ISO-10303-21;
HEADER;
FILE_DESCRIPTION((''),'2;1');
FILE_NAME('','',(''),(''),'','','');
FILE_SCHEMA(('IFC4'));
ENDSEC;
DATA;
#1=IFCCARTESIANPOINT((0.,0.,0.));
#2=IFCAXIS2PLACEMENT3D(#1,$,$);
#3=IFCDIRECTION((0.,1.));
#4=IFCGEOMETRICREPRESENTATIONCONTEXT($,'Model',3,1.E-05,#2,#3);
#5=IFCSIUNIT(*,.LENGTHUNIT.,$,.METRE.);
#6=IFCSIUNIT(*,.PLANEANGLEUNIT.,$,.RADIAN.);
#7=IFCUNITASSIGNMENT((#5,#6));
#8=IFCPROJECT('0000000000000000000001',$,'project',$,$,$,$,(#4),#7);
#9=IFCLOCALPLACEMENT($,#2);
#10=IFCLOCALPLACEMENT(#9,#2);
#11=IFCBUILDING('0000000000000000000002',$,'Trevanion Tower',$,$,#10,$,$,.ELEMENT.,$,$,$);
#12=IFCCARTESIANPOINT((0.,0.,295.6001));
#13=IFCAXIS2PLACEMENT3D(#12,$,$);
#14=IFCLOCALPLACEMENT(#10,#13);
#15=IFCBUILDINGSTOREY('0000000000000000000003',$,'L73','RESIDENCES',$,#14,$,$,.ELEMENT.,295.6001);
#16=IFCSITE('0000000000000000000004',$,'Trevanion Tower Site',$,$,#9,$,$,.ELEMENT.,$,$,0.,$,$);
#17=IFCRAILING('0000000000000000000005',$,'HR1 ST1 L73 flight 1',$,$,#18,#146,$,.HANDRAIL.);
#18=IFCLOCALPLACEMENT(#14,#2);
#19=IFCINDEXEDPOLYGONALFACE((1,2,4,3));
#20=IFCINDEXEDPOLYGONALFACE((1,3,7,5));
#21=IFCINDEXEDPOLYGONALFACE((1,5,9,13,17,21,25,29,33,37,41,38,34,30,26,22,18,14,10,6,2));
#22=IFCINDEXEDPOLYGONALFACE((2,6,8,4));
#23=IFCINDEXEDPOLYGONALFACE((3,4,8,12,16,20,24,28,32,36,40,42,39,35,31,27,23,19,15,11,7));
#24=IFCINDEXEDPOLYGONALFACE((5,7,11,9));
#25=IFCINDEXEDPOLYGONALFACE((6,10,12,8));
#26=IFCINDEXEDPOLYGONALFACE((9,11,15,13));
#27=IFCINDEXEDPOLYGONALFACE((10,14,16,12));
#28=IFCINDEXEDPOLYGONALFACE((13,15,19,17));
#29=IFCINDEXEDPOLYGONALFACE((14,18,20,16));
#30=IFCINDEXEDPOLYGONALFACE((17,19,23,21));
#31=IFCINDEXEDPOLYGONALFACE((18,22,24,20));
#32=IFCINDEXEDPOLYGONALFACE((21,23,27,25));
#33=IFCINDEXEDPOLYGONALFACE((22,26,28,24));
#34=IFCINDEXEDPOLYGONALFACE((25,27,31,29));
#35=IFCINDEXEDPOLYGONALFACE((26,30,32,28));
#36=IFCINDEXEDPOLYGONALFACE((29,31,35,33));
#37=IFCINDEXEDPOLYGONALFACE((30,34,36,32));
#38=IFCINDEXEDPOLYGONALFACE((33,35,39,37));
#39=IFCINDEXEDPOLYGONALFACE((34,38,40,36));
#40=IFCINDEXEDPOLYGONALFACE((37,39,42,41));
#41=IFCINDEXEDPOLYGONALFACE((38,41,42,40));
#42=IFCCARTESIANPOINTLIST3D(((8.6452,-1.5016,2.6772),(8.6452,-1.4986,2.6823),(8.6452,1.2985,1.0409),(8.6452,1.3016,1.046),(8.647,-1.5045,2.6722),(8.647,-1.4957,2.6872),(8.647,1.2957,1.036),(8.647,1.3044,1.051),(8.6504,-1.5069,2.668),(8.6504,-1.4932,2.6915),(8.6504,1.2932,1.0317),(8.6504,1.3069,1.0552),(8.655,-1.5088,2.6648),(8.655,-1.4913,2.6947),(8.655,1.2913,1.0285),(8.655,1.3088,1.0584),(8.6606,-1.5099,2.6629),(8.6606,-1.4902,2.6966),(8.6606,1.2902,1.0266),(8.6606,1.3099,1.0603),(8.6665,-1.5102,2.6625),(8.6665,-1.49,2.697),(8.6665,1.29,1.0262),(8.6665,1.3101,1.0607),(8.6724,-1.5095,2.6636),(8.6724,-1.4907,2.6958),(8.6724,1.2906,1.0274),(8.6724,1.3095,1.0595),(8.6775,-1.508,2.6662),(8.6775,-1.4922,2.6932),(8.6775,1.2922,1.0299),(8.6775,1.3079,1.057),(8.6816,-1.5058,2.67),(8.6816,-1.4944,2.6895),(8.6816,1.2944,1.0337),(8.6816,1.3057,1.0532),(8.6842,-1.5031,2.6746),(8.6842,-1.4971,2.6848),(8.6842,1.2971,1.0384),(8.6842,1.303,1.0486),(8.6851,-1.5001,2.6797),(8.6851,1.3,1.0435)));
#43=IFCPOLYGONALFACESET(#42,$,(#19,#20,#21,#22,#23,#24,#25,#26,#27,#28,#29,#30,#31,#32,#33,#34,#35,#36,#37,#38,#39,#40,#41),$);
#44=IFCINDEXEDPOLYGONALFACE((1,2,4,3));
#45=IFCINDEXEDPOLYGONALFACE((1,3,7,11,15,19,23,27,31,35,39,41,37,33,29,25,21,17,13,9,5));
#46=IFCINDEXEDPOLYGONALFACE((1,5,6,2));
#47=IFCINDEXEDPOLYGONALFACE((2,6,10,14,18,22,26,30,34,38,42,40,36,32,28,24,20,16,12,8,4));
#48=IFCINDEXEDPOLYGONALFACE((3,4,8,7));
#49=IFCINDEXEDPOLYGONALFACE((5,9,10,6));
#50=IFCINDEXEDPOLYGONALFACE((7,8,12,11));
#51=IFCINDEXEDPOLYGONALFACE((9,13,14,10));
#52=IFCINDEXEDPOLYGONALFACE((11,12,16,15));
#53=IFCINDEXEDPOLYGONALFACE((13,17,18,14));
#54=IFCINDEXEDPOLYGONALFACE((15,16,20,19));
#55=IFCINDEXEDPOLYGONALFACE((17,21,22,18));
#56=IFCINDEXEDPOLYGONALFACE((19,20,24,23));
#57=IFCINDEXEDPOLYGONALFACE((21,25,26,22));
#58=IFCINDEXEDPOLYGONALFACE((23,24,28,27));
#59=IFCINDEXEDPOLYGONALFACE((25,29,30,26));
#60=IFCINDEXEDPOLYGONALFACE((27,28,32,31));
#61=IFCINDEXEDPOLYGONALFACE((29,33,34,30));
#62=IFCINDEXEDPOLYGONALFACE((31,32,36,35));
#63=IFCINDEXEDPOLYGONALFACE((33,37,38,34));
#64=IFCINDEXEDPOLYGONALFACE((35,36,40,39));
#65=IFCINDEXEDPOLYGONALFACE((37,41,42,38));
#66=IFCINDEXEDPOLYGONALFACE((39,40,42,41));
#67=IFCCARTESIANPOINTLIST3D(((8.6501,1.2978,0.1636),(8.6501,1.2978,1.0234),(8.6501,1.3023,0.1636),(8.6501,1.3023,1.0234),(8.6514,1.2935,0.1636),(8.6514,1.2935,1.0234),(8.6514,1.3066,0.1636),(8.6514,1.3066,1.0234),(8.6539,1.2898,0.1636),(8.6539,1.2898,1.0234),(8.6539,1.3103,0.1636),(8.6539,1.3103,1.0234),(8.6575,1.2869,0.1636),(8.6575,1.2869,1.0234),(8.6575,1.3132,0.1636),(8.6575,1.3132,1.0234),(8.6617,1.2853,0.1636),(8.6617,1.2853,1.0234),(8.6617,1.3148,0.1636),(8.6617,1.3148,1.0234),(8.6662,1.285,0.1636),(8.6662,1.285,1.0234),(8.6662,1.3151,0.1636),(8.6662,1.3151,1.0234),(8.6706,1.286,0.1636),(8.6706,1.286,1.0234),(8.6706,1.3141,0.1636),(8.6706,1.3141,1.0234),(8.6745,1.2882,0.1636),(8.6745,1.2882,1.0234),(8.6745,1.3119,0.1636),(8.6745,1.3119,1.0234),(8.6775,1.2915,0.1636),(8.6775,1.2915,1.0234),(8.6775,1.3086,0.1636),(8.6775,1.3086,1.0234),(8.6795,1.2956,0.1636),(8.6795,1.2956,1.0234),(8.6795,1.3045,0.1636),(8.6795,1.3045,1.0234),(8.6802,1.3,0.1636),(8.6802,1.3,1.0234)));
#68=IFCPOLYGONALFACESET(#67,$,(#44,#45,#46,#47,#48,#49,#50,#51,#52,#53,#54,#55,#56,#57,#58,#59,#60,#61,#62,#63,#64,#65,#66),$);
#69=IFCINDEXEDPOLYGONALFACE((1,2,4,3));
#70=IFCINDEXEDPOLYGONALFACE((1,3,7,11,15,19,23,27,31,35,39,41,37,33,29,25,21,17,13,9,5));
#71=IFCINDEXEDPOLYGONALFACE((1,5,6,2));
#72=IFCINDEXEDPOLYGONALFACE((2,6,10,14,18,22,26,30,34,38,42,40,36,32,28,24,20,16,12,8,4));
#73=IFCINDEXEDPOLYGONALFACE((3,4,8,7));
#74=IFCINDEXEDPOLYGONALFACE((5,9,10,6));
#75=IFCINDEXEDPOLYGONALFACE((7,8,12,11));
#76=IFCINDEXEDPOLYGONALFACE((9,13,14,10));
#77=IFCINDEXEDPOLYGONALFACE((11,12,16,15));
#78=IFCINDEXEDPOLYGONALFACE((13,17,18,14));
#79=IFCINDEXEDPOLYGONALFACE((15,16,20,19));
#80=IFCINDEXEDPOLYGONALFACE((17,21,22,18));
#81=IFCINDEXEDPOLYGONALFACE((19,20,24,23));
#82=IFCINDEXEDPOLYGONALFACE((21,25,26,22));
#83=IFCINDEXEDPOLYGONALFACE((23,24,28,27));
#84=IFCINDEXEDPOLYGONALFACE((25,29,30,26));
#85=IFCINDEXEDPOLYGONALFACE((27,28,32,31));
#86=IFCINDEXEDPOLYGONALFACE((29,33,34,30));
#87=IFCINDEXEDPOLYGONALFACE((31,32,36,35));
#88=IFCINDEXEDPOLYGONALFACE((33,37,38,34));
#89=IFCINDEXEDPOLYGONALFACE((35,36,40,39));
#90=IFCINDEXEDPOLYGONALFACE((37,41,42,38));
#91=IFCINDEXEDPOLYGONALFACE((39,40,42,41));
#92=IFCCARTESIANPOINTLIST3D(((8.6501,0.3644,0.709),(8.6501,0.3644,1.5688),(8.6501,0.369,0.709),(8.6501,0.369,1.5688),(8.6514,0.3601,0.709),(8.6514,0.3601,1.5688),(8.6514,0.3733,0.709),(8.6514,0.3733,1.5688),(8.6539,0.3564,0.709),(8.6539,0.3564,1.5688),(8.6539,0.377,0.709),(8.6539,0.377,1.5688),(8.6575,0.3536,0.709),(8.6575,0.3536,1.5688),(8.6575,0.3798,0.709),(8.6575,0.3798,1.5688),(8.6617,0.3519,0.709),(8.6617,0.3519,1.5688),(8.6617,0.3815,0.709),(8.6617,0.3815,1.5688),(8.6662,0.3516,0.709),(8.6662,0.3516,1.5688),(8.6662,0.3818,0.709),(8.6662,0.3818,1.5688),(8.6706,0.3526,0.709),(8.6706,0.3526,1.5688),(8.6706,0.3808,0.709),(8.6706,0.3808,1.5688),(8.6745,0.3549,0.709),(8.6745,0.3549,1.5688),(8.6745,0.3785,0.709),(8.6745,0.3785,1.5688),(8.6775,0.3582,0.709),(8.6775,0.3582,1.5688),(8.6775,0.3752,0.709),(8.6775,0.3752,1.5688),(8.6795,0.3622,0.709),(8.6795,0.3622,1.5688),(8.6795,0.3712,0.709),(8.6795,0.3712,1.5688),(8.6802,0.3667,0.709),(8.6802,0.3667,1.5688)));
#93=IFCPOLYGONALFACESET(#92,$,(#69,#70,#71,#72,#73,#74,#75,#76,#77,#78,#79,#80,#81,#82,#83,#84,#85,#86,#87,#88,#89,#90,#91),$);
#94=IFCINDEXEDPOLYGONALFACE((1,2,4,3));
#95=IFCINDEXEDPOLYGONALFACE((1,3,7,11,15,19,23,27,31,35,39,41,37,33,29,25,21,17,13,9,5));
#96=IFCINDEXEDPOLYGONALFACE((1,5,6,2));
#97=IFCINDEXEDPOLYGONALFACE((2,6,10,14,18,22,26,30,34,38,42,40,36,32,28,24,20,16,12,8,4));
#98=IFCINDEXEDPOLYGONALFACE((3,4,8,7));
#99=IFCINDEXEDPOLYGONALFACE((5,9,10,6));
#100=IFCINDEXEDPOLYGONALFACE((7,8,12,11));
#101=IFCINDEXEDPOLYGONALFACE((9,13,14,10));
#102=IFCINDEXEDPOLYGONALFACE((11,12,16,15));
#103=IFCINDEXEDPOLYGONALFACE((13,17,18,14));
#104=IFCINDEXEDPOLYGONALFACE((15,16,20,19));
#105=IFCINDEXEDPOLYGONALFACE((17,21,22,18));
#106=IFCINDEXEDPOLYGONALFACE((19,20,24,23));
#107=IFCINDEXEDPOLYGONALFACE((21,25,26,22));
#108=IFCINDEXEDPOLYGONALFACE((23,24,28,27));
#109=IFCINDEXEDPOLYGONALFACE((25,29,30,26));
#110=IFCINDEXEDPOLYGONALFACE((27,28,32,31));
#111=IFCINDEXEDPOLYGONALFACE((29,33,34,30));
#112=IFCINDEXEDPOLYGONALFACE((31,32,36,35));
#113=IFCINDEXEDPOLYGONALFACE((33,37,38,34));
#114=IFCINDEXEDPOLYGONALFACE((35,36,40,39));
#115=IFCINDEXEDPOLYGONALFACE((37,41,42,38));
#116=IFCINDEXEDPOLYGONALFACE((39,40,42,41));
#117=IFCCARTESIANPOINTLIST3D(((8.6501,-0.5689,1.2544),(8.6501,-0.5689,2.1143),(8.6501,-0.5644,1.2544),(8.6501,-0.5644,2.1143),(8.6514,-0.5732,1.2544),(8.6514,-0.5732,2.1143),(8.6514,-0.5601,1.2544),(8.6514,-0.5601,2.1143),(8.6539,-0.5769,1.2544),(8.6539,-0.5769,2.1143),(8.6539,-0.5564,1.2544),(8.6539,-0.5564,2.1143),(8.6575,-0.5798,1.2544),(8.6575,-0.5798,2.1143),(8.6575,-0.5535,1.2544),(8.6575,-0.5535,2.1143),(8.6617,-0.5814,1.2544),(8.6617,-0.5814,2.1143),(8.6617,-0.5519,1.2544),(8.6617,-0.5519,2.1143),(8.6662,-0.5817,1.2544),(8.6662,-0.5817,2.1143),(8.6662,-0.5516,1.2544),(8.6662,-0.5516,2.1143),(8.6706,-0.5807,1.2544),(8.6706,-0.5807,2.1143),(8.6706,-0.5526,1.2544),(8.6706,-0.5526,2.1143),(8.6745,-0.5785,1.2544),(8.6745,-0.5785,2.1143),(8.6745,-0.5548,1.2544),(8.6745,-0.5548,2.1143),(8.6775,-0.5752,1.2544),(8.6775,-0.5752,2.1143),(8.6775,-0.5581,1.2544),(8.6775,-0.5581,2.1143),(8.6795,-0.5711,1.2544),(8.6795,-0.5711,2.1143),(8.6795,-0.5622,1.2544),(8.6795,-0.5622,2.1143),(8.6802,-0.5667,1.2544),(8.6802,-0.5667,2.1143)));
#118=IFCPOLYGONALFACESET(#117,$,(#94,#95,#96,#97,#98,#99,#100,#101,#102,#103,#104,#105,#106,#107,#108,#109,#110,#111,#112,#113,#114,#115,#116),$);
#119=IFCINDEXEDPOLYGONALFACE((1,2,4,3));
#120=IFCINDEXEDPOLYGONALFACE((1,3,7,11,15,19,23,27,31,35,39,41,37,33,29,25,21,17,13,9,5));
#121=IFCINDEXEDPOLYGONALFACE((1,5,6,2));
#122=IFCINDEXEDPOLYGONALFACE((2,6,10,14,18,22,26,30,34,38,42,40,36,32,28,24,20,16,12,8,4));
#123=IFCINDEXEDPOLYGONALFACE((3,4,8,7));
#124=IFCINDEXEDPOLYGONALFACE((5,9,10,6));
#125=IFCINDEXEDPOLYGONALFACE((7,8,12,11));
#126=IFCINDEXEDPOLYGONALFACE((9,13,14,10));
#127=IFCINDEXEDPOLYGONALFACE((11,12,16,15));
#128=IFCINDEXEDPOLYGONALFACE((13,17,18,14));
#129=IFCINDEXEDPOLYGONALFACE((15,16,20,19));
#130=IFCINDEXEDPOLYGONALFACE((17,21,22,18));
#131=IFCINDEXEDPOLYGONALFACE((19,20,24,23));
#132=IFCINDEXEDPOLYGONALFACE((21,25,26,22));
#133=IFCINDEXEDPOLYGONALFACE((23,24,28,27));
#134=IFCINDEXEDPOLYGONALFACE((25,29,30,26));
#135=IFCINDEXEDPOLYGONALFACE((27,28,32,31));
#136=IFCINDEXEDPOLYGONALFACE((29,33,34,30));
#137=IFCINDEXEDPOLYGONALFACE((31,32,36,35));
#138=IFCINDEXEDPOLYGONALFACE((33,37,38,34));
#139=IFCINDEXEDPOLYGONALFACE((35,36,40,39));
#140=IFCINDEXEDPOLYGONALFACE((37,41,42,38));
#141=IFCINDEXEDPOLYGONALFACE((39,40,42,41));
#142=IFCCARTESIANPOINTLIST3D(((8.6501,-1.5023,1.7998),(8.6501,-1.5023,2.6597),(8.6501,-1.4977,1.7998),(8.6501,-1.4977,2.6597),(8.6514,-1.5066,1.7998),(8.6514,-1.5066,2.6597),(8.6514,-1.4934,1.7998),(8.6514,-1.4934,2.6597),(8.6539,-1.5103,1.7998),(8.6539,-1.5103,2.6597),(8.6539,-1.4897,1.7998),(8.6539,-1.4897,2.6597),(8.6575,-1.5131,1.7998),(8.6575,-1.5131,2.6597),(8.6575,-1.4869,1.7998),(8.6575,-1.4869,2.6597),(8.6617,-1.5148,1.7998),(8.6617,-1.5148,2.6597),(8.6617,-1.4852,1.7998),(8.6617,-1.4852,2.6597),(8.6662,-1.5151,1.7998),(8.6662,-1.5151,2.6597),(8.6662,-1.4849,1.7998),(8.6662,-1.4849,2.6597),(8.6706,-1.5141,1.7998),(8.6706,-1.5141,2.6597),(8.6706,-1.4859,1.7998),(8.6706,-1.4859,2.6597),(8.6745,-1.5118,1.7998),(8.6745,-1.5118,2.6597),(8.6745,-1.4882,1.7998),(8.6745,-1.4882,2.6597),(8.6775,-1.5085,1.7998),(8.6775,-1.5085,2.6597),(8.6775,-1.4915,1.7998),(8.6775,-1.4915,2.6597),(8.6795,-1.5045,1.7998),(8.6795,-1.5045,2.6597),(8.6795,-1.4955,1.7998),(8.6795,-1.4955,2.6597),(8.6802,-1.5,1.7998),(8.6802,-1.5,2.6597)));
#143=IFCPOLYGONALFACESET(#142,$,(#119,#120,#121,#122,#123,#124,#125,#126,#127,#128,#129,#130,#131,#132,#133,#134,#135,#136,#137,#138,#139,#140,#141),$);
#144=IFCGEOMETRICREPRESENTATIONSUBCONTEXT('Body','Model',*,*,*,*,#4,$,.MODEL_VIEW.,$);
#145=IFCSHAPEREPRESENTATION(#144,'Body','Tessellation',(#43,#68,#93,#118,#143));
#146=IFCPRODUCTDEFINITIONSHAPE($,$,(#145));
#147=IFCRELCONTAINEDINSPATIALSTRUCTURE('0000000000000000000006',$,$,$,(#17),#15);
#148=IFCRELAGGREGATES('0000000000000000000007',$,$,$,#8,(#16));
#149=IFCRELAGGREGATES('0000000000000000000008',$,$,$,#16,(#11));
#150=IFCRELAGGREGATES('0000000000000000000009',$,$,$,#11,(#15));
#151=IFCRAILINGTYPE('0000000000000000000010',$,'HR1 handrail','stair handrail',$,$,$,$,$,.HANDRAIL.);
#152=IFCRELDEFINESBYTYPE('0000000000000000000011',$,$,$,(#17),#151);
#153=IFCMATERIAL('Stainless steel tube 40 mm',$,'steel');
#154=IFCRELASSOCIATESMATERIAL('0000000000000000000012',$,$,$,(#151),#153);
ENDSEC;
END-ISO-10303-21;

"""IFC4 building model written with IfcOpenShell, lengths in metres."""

from ifc_helpers import new_model, si_unit, direction, frame, origin, origin_2d, place, context, subcontext, project, spatial, circle, extrude, material, type_object, element, save


model = new_model("IFC4")

# Units and contexts
model_context = context("Model", 3, precision=1e-05, world=origin(), true_north=direction((0.0, 1.0)))
body_context = subcontext(model_context, "Body", "Model", "MODEL_VIEW")
ifc_project = project(units=[si_unit("LENGTHUNIT", "METRE"), si_unit("PLANEANGLEUNIT", "RADIAN")], contexts=[model_context])

# Site, building, storey
site_placement = place(None, origin())
site = spatial("IfcSite", under=ifc_project, at=site_placement, Name="Trevanion Tower Site", CompositionType="ELEMENT", RefElevation=0.0)
building_placement = place(site_placement, origin())
building = spatial("IfcBuilding", under=site, at=building_placement, Name="Trevanion Tower", CompositionType="ELEMENT")
storey_placement = place(building_placement, frame((0.0, 0.0, 295.6001)))
storey = spatial("IfcBuildingStorey", under=building, at=storey_placement, Name="L73", Description="RESIDENCES", CompositionType="ELEMENT", Elevation=295.6001)

# Railing
ifc_material_1 = material(Name="Stainless steel tube 40 mm", Category="steel")
railing_type = type_object("IfcRailingType", Name="HR1 handrail", Description="stair handrail", PredefinedType="HANDRAIL", material=ifc_material_1)
for number, where, name in (
    (1, (8.665, 1.3, 0.1636), "HR1 ST1 L73 flight 1"),
):
    element("IfcRailing", number, at=place(storey_placement, frame(where)), inside=storey, type_object=railing_type, Name=name, PredefinedType="HANDRAIL", context=body_context, shape_type="SweptSolid", body=[
        extrude(circle(Radius=0.02, at=origin_2d()), frame((0.0, 0.0, 0.8799), z_axis=(0.0, -0.863394, 0.504531), x_axis=(1.0, 0.0, 0.0)), (0.0, 0.0, 1.0), 3.2432),
        extrude(circle(Radius=0.0151, at=origin_2d()), origin(), (0.0, 0.0, 1.0), 0.8599),
        extrude(circle(Radius=0.0151, at=origin_2d()), frame((0.0, -0.9333, 0.5454)), (0.0, 0.0, 1.0), 0.8599),
        extrude(circle(Radius=0.0151, at=origin_2d()), frame((0.0, -1.8667, 1.0908)), (0.0, 0.0, 1.0), 0.8599),
        extrude(circle(Radius=0.0151, at=origin_2d()), frame((0.0, -2.8, 1.6362)), (0.0, 0.0, 1.0), 0.8599),
    ])

save(model, "model.ifc")
